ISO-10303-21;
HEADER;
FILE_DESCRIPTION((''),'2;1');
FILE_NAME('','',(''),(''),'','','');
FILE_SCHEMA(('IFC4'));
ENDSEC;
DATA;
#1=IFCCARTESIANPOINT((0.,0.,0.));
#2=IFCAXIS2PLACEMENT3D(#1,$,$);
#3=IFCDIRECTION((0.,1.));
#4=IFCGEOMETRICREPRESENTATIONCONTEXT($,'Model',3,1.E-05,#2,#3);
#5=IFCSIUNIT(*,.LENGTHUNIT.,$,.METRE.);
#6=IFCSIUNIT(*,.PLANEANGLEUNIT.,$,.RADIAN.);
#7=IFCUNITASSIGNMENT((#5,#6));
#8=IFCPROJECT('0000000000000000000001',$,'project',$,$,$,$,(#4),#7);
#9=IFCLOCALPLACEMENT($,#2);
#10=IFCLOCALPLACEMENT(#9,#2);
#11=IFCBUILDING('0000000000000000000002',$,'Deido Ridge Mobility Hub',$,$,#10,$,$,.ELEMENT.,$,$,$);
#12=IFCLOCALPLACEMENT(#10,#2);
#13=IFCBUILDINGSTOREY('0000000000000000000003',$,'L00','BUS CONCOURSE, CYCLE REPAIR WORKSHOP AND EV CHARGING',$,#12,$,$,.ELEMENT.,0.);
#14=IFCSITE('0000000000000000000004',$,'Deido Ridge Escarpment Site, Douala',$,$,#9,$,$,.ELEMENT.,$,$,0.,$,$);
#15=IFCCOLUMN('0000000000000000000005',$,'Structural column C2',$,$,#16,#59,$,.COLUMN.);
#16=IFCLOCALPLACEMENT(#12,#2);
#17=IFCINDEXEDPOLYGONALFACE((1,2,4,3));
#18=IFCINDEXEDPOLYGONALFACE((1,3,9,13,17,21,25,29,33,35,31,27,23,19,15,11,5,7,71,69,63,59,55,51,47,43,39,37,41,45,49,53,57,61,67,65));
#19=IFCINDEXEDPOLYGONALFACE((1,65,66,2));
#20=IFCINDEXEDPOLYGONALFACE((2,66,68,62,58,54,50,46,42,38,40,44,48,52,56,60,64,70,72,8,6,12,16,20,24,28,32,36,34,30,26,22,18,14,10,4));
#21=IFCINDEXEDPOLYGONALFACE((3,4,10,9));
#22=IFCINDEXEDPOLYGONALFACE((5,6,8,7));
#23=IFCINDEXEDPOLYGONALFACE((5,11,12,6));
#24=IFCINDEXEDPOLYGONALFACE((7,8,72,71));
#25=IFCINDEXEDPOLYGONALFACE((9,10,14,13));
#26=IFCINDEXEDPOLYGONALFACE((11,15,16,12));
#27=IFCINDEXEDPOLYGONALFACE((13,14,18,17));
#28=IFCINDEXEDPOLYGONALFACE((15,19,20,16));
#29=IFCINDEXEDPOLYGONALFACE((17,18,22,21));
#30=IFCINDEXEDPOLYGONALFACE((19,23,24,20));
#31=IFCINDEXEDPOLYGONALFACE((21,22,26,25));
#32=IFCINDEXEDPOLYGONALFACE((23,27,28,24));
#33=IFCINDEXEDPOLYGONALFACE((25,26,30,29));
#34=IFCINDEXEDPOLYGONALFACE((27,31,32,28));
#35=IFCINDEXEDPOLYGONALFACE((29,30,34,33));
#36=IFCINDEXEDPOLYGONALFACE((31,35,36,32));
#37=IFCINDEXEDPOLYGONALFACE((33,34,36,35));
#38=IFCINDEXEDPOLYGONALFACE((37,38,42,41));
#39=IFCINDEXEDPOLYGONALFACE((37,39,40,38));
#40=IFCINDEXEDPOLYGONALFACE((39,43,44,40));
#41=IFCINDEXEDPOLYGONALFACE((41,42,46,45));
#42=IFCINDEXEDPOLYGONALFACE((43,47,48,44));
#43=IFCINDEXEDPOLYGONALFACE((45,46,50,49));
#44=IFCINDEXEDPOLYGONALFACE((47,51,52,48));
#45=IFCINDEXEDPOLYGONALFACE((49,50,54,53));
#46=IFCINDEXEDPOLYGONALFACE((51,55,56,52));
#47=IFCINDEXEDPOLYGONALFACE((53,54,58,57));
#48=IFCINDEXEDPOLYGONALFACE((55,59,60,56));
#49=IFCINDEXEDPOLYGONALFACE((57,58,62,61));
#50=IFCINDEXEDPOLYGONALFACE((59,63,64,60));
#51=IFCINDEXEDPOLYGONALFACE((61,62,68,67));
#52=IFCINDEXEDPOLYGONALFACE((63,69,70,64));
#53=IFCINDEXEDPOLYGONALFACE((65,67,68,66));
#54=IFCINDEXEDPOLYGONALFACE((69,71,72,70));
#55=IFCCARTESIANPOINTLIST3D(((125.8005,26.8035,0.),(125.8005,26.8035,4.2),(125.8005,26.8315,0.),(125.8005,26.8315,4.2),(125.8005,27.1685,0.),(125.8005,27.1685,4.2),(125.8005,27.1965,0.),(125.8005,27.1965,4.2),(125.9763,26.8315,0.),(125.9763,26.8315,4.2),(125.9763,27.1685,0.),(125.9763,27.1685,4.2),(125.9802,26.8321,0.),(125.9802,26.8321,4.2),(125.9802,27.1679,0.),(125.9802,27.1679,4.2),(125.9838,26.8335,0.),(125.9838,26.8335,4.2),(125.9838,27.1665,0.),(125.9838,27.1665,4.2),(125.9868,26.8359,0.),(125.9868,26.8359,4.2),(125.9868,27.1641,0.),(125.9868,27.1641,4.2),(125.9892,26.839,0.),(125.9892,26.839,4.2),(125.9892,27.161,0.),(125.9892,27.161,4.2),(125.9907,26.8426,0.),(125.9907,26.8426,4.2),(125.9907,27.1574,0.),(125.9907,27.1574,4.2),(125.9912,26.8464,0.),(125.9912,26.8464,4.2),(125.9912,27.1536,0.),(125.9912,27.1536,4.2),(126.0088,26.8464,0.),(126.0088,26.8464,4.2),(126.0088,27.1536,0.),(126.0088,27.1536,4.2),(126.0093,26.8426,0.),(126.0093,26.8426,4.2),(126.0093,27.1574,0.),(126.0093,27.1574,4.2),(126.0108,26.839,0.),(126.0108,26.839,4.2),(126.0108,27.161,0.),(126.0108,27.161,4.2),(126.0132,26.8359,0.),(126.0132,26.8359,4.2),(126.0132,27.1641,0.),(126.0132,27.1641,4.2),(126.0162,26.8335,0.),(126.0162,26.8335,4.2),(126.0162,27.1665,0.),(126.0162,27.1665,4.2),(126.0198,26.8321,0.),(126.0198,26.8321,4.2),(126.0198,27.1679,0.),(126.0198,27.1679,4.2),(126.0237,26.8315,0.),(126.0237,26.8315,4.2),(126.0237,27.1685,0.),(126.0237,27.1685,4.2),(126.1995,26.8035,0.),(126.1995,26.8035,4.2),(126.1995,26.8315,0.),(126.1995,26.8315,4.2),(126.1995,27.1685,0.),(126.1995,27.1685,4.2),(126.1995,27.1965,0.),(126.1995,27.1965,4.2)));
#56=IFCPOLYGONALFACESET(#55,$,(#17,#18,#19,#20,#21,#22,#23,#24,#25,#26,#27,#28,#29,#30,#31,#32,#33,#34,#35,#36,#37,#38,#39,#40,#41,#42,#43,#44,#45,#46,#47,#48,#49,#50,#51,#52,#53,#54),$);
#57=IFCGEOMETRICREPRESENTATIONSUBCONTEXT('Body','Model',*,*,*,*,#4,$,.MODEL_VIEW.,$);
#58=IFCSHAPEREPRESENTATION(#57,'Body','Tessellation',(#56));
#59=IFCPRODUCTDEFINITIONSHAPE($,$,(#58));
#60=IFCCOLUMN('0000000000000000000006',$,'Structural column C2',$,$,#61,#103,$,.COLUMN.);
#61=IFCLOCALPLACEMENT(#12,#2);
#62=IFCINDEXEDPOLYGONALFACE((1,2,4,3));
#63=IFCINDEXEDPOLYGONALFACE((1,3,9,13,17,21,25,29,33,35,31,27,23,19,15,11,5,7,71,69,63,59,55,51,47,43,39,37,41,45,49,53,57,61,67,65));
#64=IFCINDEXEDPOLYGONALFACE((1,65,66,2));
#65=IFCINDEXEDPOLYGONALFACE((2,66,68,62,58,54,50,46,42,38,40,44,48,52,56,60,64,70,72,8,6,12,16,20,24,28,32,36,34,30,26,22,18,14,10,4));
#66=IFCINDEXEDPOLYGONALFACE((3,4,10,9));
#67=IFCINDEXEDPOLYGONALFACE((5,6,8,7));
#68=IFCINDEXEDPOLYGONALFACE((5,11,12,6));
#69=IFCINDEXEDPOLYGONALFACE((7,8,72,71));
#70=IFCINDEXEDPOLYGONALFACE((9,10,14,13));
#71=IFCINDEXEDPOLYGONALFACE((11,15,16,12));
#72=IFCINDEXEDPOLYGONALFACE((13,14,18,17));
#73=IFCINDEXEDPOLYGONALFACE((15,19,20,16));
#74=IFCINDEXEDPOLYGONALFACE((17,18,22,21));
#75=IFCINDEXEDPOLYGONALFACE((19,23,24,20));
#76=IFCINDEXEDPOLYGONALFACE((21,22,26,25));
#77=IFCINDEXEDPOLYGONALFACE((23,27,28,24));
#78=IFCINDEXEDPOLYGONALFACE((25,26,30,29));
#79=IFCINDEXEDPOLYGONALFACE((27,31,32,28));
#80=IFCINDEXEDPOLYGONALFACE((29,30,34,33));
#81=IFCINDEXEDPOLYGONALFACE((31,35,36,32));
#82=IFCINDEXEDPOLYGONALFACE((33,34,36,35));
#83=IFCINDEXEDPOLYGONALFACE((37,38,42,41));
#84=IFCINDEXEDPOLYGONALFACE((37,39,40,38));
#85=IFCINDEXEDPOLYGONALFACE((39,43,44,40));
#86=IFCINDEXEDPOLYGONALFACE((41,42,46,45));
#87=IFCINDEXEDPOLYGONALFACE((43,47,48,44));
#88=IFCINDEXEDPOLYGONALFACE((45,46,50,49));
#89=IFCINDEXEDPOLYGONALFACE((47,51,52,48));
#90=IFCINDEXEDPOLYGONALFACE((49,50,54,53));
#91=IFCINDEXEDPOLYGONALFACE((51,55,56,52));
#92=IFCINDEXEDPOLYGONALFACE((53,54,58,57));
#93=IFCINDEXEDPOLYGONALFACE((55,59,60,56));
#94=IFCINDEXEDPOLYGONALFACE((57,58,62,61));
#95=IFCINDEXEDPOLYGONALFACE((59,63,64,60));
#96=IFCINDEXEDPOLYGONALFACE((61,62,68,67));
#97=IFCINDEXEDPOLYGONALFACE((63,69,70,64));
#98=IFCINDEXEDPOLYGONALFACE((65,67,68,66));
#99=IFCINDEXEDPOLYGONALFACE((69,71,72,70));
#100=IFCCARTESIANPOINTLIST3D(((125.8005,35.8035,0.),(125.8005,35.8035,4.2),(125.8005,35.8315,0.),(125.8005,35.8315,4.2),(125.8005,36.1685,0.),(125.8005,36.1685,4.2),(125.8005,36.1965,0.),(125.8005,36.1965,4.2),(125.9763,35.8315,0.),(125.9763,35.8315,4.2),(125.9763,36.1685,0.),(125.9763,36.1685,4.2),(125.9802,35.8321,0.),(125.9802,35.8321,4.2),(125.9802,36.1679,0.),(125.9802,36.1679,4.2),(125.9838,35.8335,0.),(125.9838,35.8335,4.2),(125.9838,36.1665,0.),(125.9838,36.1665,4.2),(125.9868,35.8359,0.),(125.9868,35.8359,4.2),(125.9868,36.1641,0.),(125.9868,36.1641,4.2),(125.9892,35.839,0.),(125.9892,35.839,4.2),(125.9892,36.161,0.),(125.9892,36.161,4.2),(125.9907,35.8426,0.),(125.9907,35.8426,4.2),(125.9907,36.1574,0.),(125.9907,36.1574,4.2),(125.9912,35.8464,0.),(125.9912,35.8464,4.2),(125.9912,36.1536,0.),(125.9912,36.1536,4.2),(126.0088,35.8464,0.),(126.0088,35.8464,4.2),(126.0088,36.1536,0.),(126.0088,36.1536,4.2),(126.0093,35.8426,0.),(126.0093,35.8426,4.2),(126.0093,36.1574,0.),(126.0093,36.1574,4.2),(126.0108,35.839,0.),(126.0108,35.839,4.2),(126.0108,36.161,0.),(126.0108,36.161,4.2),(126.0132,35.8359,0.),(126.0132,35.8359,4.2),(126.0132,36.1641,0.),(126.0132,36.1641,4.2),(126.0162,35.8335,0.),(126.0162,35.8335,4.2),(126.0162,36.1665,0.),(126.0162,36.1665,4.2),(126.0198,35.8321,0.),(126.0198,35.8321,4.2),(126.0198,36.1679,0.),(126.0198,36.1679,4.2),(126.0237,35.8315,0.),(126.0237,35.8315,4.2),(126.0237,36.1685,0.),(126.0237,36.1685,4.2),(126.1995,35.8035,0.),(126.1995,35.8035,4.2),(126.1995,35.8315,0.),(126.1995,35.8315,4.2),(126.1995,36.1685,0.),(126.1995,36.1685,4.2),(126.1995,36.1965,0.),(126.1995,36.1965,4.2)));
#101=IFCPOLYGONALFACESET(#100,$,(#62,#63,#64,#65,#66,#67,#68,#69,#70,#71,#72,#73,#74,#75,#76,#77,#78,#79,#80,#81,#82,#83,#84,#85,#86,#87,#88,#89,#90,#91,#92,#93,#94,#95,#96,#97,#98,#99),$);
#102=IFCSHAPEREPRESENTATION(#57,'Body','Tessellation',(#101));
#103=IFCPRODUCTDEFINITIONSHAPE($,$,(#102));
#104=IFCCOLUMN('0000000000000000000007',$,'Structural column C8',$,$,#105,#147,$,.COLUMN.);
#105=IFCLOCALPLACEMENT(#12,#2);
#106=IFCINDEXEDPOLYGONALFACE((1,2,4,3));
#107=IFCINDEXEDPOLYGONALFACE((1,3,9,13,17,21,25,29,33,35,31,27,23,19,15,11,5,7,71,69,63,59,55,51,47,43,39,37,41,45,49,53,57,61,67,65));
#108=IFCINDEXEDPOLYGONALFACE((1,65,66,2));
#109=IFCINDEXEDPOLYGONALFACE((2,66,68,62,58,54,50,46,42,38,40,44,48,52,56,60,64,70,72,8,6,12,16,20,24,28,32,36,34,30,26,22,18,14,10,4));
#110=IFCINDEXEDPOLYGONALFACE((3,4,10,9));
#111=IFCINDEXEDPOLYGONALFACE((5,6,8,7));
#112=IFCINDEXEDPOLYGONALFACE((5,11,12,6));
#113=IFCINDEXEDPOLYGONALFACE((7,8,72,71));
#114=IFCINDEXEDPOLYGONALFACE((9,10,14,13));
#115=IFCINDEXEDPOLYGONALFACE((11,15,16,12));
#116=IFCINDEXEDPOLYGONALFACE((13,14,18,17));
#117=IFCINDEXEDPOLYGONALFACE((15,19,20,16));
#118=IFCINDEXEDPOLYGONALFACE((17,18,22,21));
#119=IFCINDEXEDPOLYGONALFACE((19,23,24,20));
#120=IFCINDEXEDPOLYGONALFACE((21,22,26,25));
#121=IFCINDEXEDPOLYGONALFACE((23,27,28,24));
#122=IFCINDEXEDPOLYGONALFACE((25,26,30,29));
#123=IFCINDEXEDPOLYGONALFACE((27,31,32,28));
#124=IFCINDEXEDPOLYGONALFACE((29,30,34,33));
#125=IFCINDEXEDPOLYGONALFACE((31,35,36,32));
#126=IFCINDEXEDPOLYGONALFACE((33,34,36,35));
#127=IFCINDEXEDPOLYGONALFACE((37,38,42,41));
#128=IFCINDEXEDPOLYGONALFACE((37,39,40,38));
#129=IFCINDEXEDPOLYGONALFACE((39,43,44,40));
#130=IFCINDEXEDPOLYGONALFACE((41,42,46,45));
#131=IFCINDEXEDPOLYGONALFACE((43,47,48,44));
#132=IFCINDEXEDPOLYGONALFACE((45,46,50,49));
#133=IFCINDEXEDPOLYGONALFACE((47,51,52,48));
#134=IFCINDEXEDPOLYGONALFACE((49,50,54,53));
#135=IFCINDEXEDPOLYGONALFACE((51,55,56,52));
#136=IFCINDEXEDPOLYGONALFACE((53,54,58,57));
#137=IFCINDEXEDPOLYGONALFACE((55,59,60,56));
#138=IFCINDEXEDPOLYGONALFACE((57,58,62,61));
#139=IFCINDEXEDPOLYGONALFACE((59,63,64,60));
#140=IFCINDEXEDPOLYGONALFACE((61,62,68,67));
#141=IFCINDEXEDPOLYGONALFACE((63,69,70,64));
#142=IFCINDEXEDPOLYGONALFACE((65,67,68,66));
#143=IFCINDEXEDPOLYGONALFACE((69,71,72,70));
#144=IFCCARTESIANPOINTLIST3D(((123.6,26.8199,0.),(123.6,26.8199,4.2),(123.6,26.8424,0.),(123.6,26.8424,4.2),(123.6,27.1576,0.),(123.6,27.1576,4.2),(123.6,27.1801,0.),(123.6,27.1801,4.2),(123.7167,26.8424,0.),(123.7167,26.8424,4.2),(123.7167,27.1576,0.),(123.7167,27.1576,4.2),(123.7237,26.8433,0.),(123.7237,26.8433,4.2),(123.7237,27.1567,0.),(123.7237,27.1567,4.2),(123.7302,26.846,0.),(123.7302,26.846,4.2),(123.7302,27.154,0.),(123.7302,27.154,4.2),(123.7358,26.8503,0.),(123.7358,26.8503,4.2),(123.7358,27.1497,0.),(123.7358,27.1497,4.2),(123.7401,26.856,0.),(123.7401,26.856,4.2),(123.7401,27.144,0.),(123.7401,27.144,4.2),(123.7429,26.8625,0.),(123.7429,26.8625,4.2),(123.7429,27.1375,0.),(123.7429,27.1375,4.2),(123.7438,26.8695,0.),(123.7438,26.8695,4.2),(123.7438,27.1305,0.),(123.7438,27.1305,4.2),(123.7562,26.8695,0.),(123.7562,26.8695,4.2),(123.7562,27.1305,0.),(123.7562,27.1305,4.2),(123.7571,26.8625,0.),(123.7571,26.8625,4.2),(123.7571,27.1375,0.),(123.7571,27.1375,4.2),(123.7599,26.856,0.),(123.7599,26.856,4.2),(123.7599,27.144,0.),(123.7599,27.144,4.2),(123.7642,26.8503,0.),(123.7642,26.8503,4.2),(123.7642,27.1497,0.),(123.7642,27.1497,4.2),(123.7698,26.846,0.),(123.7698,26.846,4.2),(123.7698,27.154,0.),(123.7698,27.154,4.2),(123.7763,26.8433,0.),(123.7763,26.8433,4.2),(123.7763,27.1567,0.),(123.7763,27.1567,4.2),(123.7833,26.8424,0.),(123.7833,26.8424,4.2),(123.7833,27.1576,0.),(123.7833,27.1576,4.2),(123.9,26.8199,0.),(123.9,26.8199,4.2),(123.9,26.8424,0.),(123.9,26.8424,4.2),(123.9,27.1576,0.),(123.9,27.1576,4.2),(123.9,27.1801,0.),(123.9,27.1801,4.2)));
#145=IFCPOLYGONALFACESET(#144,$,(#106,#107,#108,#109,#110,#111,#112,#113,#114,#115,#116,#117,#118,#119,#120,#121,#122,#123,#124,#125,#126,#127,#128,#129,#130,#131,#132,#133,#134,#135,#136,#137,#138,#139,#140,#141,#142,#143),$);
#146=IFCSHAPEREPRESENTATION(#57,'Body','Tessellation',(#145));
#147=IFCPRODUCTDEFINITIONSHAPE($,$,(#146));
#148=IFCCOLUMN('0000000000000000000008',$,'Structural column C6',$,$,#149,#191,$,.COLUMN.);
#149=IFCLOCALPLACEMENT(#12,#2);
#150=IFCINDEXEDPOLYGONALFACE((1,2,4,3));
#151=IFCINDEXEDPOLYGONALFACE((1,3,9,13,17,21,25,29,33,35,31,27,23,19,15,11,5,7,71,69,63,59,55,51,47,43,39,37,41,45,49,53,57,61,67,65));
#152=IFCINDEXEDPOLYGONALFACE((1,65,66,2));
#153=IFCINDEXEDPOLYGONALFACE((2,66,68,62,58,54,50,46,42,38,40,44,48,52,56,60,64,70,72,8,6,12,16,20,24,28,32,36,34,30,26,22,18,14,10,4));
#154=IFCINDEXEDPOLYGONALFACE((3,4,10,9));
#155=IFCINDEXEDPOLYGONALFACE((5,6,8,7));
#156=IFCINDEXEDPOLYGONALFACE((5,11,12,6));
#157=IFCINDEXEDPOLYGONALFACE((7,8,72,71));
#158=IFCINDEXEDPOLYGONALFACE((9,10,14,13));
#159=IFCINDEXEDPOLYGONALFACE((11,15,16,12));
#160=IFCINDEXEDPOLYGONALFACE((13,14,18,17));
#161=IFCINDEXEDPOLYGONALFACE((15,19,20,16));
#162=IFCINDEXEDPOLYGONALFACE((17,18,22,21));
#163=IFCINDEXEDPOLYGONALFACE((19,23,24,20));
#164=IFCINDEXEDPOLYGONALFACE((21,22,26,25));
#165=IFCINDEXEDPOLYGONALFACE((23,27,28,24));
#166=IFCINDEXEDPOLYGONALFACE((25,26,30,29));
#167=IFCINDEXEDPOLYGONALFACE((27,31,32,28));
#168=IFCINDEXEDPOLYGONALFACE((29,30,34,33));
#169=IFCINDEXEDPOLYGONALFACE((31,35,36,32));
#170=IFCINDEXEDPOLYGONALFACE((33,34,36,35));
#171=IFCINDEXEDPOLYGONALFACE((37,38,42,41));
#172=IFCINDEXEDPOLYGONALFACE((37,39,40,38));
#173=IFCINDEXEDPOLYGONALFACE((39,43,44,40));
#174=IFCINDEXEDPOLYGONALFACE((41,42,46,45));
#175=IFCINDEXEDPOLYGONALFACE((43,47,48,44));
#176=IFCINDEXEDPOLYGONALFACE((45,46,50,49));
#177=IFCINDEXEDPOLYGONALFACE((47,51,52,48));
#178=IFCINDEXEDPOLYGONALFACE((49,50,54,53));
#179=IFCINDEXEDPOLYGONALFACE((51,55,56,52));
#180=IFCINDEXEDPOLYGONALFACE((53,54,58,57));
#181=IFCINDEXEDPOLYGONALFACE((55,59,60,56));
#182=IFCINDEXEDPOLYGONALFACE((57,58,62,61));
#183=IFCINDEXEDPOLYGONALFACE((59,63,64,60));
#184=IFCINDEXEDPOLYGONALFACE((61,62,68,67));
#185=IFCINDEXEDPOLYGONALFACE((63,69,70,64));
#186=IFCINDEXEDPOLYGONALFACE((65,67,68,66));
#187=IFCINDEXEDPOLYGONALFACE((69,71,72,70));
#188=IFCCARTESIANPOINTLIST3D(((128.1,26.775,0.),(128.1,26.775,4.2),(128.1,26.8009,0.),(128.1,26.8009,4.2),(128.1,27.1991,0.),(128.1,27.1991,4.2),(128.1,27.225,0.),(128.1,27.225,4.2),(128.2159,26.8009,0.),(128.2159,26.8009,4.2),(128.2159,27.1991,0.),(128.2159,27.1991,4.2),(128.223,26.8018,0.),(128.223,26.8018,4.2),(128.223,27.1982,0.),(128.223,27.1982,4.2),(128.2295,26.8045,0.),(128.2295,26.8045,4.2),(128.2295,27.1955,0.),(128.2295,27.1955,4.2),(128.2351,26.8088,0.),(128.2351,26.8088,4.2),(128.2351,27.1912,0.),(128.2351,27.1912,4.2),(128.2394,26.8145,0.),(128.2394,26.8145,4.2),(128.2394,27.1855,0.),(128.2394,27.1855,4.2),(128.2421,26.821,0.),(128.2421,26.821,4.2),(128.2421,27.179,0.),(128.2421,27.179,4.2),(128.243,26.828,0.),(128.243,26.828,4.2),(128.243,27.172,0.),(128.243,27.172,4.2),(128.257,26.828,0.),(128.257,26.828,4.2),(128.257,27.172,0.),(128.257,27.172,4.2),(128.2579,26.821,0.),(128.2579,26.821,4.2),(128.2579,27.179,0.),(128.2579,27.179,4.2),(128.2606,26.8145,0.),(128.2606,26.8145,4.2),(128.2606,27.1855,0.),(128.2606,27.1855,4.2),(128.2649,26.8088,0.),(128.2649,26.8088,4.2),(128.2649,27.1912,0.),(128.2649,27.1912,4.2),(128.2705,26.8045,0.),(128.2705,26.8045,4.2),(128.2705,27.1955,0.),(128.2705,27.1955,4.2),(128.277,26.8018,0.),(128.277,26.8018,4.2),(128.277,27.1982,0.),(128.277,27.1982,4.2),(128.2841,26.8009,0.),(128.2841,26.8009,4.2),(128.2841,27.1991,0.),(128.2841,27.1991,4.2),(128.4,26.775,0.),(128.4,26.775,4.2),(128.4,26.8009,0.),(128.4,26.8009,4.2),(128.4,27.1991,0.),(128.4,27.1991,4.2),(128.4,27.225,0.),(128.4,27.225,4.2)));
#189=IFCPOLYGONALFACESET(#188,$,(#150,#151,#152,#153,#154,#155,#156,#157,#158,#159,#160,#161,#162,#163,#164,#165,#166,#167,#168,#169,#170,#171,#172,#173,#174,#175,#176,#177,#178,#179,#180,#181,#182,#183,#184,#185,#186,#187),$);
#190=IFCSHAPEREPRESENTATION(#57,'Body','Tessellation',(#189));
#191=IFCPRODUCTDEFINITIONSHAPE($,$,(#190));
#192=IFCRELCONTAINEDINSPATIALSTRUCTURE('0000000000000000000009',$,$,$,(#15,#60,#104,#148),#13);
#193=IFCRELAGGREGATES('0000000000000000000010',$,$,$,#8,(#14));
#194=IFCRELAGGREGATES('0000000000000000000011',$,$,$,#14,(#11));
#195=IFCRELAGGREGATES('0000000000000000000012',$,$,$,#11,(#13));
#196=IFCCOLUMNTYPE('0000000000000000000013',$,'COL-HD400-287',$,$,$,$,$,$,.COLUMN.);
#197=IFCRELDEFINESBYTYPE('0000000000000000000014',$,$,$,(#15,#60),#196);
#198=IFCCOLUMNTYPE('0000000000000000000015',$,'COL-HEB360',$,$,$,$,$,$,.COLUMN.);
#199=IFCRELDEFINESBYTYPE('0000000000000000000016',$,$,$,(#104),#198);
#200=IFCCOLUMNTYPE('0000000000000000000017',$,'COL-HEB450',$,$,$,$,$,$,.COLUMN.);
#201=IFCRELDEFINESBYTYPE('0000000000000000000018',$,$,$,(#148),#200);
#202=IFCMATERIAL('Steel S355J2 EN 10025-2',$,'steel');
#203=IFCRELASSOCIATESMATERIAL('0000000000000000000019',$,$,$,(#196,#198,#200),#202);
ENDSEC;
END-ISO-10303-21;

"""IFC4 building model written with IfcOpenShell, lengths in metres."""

from ifc_helpers import new_model, si_unit, direction, frame, origin, origin_2d, place, context, subcontext, project, spatial, i_section, extrude, material, material_profile, profile_set, type_object, element, save


model = new_model("IFC4")

# Units and contexts
model_context = context("Model", 3, precision=1e-05, world=origin(), true_north=direction((0.0, 1.0)))
body_context = subcontext(model_context, "Body", "Model", "MODEL_VIEW")
ifc_project = project(units=[si_unit("LENGTHUNIT", "METRE"), si_unit("PLANEANGLEUNIT", "RADIAN")], contexts=[model_context])

# Site, building, storey
site_placement = place(None, origin())
site = spatial("IfcSite", under=ifc_project, at=site_placement, Name="Deido Ridge Escarpment Site, Douala", CompositionType="ELEMENT", RefElevation=0.0)
building_placement = place(site_placement, origin())
building = spatial("IfcBuilding", under=site, at=building_placement, Name="Deido Ridge Mobility Hub", CompositionType="ELEMENT")
storey_placement = place(building_placement, origin())
storey = spatial("IfcBuildingStorey", under=building, at=storey_placement, Name="L00", Description="BUS CONCOURSE, CYCLE REPAIR WORKSHOP AND EV CHARGING", CompositionType="ELEMENT", Elevation=0.0)

# Columns
ifc_material_1 = material(Name="Steel S355J2 EN 10025-2", Category="steel")
ifc_material_profile_1 = material_profile(ifc_material_1, i_section(OverallWidth=0.3989, OverallDepth=0.3931, WebThickness=0.0176, FlangeThickness=0.0281, FilletRadius=0.0149, at=origin_2d()), Name="HD 400x287")
ifc_profile_set_1 = profile_set([ifc_material_profile_1], Name="Steel S355J2 EN 10025-2")
column_type_1 = type_object("IfcColumnType", Name="COL-HD400-287", PredefinedType="COLUMN", material=ifc_profile_set_1)
for number, where, z_axis, x_axis, name in (
    (1, (126.0, 27.0, 0.0), (0.0, 0.0, 1.0), (1.0, 0.0, 0.0), "Structural column C2"),
    (2, (126.0, 36.0, 0.0), (0.0, 0.0, 1.0), (1.0, 0.0, 0.0), "Structural column C2"),
):
    element("IfcColumn", number, at=place(storey_placement, frame(where, z_axis=z_axis, x_axis=x_axis)), inside=storey, type_object=column_type_1, Name=name, PredefinedType="COLUMN", context=body_context, shape_type="SweptSolid", body=[
        extrude(i_section(OverallWidth=0.3989, OverallDepth=0.3931, WebThickness=0.0176, FlangeThickness=0.0281, FilletRadius=0.0149, at=origin_2d()), origin(), (0.0, 0.0, 1.0), 4.2),
    ])
ifc_material_profile_2 = material_profile(ifc_material_1, i_section(OverallWidth=0.3, OverallDepth=0.3601, WebThickness=0.0125, FlangeThickness=0.0225, FilletRadius=0.0271, at=origin_2d()), Name="HEB 360")
ifc_profile_set_2 = profile_set([ifc_material_profile_2], Name="Steel S355J2 EN 10025-2")
column_type_2 = type_object("IfcColumnType", Name="COL-HEB360", PredefinedType="COLUMN", material=ifc_profile_set_2)
column_1_placement = place(storey_placement, frame((123.75, 27.0, 0.0), z_axis=(0.0, 0.0, 1.0), x_axis=(1.0, 0.0, 0.0)))
element("IfcColumn", 3, at=column_1_placement, inside=storey, type_object=column_type_2, Name="Structural column C8", PredefinedType="COLUMN", context=body_context, shape_type="SweptSolid", body=[
    extrude(i_section(OverallWidth=0.3, OverallDepth=0.3601, WebThickness=0.0125, FlangeThickness=0.0225, FilletRadius=0.0271, at=origin_2d()), origin(), (0.0, 0.0, 1.0), 4.2),
])
ifc_material_profile_3 = material_profile(ifc_material_1, i_section(OverallWidth=0.3, OverallDepth=0.45, WebThickness=0.0139, FlangeThickness=0.0259, FilletRadius=0.0271, at=origin_2d()), Name="HEB 450")
ifc_profile_set_3 = profile_set([ifc_material_profile_3], Name="Steel S355J2 EN 10025-2")
column_type_3 = type_object("IfcColumnType", Name="COL-HEB450", PredefinedType="COLUMN", material=ifc_profile_set_3)
column_2_placement = place(storey_placement, frame((128.25, 27.0, 0.0), z_axis=(0.0, 0.0, 1.0), x_axis=(1.0, 0.0, 0.0)))
element("IfcColumn", 4, at=column_2_placement, inside=storey, type_object=column_type_3, Name="Structural column C6", PredefinedType="COLUMN", context=body_context, shape_type="SweptSolid", body=[
    extrude(i_section(OverallWidth=0.3, OverallDepth=0.45, WebThickness=0.0139, FlangeThickness=0.0259, FilletRadius=0.0271, at=origin_2d()), origin(), (0.0, 0.0, 1.0), 4.2),
])

save(model, "model.ifc")
